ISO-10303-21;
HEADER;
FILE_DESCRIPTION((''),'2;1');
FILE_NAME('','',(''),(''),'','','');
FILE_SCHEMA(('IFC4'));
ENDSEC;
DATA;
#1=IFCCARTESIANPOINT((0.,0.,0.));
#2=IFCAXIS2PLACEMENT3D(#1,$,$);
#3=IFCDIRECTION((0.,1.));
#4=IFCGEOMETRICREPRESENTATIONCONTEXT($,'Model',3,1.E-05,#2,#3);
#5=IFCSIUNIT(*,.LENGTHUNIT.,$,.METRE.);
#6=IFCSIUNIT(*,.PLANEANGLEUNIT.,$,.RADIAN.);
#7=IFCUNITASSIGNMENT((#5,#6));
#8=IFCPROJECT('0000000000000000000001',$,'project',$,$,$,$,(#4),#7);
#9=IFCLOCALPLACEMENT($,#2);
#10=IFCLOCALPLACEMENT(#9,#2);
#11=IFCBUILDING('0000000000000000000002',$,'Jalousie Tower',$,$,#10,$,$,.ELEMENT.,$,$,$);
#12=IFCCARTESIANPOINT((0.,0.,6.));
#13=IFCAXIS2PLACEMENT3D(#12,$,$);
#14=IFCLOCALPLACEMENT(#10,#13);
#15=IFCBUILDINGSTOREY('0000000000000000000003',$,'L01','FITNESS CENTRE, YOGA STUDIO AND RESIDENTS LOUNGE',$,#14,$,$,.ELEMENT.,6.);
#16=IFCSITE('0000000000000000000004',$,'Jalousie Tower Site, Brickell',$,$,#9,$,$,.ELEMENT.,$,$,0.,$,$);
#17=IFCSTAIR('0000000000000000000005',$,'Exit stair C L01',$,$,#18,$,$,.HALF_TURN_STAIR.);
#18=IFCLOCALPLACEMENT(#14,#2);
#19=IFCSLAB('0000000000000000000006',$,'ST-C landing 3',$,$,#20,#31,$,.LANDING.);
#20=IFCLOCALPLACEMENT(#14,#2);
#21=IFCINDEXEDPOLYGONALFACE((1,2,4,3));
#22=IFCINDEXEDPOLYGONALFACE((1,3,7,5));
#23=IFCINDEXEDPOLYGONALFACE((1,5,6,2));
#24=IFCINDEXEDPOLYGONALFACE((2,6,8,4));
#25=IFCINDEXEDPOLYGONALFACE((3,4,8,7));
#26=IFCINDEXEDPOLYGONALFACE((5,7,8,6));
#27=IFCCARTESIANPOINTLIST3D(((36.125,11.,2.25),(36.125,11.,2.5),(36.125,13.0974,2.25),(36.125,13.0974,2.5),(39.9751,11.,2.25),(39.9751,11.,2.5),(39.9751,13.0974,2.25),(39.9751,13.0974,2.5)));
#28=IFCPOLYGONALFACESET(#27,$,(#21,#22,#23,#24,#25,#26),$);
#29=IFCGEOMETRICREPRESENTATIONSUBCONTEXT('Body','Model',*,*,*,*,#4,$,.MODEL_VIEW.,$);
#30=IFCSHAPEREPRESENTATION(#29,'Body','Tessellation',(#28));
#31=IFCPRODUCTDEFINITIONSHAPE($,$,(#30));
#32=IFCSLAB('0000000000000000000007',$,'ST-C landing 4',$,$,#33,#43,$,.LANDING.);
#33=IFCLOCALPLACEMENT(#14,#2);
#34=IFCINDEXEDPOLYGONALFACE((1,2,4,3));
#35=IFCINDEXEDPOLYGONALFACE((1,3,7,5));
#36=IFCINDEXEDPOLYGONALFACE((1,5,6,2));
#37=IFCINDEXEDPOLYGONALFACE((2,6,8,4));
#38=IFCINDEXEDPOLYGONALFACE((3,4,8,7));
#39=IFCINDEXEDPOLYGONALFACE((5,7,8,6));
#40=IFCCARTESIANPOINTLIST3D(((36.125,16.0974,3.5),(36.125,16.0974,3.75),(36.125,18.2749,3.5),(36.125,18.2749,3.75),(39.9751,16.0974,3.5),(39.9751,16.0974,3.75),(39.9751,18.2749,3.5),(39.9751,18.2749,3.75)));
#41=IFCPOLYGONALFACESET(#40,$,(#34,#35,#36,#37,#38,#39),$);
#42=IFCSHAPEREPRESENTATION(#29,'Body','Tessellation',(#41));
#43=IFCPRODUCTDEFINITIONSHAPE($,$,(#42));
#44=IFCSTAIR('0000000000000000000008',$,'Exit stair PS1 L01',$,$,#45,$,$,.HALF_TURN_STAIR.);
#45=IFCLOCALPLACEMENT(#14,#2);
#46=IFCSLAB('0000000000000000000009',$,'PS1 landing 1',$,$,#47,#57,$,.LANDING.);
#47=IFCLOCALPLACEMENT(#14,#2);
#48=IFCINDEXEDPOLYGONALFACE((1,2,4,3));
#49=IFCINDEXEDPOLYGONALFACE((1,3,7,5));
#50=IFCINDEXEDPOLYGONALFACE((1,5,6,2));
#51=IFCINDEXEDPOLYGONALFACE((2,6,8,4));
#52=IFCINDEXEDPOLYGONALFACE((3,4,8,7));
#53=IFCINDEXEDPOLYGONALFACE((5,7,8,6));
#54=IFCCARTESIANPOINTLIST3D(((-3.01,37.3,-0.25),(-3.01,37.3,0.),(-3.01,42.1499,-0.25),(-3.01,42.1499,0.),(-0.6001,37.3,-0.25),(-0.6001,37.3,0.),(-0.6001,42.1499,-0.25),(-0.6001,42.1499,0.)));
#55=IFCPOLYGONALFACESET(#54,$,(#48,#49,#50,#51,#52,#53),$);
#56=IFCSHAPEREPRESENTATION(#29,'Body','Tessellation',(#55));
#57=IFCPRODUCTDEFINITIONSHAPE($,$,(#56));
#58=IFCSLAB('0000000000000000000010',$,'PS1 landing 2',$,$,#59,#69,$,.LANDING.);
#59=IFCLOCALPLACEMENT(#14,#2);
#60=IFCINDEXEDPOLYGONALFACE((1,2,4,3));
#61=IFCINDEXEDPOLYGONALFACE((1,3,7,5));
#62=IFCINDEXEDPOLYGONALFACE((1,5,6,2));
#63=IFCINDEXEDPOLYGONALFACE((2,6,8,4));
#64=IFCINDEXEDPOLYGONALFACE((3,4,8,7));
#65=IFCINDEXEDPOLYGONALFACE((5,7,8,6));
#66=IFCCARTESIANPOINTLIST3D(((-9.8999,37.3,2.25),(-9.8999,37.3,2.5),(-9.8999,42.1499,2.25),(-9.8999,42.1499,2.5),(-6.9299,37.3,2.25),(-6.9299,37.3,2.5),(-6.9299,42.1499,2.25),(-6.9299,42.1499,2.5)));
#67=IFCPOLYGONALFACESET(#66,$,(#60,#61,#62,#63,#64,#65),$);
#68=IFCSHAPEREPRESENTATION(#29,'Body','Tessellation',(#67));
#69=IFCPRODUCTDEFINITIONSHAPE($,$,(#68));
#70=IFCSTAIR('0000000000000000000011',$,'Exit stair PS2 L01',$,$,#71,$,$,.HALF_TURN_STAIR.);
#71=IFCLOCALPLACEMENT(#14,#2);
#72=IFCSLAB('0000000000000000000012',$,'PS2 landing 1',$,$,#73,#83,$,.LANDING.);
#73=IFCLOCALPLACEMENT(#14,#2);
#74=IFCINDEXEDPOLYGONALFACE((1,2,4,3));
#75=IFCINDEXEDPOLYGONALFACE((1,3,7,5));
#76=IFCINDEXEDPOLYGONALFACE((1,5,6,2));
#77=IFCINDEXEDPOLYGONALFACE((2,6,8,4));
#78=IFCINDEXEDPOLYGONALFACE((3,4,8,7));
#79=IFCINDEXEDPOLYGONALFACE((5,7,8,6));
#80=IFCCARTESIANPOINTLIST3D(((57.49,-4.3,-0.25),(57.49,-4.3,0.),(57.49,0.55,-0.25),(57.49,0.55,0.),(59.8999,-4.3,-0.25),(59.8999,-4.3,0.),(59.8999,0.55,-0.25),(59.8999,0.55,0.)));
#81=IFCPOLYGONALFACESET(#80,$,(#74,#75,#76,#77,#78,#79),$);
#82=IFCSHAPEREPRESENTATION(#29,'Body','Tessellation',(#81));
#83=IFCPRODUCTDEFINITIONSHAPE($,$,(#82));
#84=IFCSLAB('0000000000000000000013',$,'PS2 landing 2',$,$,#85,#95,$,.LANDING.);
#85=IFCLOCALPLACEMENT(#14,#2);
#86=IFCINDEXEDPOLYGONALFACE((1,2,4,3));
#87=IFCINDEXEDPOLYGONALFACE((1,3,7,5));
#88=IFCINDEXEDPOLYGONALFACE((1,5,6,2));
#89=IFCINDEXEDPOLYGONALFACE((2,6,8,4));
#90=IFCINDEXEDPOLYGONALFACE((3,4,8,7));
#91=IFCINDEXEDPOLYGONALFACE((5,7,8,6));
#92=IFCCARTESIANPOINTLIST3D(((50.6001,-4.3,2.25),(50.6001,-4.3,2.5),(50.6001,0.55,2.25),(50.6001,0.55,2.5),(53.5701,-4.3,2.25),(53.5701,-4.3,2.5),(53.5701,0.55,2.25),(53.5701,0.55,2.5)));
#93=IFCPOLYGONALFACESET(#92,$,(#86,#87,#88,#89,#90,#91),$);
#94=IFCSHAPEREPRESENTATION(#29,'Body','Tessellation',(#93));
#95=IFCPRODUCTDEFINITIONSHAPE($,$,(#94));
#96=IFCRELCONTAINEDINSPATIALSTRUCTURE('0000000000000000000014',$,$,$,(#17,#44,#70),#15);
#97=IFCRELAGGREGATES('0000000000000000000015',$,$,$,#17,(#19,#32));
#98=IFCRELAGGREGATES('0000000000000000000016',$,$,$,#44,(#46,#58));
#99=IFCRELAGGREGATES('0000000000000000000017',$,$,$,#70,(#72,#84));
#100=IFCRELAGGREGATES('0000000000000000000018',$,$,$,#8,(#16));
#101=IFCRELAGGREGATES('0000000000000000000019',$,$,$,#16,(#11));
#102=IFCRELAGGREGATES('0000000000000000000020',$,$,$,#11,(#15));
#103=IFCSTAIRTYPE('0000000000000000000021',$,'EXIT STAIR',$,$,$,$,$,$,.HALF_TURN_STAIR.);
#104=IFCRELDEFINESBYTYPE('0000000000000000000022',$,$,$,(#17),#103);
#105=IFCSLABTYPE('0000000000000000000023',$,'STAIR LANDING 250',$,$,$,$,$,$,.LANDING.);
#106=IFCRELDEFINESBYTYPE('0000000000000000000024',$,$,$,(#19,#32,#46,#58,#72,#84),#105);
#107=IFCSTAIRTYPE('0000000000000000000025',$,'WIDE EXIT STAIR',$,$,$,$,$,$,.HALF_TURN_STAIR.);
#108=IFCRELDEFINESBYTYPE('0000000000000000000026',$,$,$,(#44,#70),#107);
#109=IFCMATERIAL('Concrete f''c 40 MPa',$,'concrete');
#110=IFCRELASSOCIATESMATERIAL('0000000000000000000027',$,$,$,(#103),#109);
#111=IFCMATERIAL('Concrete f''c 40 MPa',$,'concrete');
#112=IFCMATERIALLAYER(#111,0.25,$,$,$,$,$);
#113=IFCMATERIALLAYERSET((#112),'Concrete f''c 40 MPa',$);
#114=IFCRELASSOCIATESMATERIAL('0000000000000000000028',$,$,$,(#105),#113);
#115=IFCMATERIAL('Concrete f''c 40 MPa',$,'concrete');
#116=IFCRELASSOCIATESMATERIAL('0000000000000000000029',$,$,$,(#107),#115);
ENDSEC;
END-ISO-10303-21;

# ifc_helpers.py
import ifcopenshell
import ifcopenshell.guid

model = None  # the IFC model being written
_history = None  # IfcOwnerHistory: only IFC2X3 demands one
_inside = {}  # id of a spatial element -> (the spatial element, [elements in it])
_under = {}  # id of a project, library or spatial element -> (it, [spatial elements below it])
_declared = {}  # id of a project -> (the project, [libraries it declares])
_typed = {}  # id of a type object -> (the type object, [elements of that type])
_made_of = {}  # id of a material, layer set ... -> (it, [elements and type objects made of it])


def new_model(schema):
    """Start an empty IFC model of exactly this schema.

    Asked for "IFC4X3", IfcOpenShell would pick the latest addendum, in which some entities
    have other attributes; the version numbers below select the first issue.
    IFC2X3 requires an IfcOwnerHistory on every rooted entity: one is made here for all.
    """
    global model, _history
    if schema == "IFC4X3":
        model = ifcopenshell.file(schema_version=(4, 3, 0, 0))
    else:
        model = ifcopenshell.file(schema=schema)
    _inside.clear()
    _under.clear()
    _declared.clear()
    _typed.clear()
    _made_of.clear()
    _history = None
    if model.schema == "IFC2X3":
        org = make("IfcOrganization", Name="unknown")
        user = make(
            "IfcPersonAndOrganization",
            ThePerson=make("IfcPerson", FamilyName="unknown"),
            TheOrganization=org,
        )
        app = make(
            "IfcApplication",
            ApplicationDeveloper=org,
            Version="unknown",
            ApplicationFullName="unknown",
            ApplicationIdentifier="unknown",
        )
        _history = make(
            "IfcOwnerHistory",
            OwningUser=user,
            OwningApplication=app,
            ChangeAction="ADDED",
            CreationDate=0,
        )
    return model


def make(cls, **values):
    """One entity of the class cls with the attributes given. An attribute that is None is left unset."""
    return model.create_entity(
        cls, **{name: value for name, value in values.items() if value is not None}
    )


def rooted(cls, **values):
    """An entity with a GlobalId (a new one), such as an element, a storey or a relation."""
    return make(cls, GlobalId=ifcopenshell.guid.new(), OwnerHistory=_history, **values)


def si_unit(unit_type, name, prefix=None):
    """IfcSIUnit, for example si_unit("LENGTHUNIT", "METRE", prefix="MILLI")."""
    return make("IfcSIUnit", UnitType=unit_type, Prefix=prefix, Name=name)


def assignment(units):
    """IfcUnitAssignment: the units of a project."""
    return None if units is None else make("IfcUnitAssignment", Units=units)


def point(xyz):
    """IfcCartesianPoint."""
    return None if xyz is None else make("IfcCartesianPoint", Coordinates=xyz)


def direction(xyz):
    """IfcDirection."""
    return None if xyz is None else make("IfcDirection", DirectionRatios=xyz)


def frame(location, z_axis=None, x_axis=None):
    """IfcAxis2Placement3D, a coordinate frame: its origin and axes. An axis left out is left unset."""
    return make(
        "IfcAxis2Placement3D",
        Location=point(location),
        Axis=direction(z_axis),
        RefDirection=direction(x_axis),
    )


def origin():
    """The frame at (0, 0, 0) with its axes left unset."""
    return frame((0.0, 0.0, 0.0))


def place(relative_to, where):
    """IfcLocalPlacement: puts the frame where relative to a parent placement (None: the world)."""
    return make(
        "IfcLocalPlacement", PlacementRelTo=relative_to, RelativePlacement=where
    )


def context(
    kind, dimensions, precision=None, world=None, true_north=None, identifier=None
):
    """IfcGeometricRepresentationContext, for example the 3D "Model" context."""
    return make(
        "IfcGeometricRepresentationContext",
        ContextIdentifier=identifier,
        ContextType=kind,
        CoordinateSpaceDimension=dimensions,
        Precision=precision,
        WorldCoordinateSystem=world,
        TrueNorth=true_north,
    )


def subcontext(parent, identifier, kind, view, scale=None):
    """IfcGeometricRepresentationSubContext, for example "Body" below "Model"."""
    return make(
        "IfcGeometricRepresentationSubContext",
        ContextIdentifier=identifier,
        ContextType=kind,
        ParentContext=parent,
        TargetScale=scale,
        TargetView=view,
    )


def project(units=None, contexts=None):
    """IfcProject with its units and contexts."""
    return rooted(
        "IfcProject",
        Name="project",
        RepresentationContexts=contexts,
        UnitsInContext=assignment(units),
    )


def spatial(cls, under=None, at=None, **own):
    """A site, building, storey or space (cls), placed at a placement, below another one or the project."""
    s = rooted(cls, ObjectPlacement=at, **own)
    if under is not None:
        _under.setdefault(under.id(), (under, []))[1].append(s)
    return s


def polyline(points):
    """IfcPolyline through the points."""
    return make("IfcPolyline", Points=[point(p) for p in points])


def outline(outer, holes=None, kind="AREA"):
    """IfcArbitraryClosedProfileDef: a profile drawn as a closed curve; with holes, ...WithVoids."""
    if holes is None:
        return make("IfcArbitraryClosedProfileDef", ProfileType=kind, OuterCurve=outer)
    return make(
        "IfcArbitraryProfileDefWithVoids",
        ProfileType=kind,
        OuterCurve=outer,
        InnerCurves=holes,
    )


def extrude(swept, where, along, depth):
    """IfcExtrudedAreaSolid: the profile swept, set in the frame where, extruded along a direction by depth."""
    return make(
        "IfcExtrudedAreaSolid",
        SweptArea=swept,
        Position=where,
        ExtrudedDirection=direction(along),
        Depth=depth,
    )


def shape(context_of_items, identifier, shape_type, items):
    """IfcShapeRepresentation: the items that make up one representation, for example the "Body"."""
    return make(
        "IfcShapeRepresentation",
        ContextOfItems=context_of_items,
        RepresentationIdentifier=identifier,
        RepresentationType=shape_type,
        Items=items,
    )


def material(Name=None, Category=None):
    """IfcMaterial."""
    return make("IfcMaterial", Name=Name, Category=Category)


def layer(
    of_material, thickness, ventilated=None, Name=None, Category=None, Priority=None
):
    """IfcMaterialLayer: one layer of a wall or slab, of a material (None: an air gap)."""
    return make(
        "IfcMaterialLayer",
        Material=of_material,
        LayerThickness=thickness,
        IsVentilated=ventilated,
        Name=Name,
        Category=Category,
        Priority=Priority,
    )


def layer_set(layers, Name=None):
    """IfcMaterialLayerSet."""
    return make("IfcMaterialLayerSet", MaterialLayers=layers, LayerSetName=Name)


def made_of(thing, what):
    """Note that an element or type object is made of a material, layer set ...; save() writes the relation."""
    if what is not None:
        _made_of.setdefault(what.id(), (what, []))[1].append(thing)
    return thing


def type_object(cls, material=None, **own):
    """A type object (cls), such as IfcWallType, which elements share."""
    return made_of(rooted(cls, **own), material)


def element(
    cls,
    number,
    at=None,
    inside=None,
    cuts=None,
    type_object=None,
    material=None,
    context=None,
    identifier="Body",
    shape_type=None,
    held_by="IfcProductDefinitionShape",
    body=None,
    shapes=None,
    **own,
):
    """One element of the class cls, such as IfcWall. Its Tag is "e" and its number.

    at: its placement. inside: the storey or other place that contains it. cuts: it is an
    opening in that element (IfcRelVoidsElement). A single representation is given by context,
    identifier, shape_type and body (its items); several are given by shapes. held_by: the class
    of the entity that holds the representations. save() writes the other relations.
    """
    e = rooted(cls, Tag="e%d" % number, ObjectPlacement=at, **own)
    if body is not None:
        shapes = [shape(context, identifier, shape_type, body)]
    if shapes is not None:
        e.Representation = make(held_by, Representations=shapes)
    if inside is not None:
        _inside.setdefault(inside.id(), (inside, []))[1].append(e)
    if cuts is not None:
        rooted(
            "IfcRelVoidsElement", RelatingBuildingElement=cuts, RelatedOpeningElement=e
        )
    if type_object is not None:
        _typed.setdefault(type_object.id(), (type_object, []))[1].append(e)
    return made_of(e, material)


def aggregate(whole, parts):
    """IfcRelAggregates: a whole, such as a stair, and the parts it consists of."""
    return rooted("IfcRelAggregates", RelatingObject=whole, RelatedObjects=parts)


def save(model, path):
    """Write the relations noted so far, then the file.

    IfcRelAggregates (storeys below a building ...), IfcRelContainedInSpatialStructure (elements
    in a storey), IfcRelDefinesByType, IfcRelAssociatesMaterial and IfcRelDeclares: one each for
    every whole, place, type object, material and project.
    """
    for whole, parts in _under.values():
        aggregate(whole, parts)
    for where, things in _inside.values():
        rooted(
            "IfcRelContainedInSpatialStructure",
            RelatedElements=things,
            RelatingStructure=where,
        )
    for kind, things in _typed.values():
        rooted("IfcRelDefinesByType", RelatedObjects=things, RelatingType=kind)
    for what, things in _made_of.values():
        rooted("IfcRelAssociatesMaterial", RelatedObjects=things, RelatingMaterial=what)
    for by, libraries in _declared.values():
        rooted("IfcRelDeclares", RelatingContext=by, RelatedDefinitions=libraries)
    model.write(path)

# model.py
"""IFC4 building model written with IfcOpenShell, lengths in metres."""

from ifc_helpers import new_model, si_unit, direction, frame, origin, place, context, subcontext, project, spatial, polyline, outline, extrude, material, layer, layer_set, type_object, element, aggregate, save


model = new_model("IFC4")

# Units and contexts
model_context = context("Model", 3, precision=1e-05, world=origin(), true_north=direction((0.0, 1.0)))
body_context = subcontext(model_context, "Body", "Model", "MODEL_VIEW")
ifc_project = project(units=[si_unit("LENGTHUNIT", "METRE"), si_unit("PLANEANGLEUNIT", "RADIAN")], contexts=[model_context])

# Site, building, storey
site_placement = place(None, origin())
site = spatial("IfcSite", under=ifc_project, at=site_placement, Name="Jalousie Tower Site, Brickell", CompositionType="ELEMENT", RefElevation=0.0)
building_placement = place(site_placement, origin())
building = spatial("IfcBuilding", under=site, at=building_placement, Name="Jalousie Tower", CompositionType="ELEMENT")
storey_placement = place(building_placement, frame((0.0, 0.0, 6.0)))
storey = spatial("IfcBuildingStorey", under=building, at=storey_placement, Name="L01", Description="FITNESS CENTRE, YOGA STUDIO AND RESIDENTS LOUNGE", CompositionType="ELEMENT", Elevation=6.0)

# Stairs, slabs
ifc_material_1 = material(Name="Concrete f'c 40 MPa", Category="concrete")
stair_type_1 = type_object("IfcStairType", Name="EXIT STAIR", PredefinedType="HALF_TURN_STAIR", material=ifc_material_1)
stair_1_placement = place(storey_placement, origin())
stair_1 = element("IfcStair", 1, at=stair_1_placement, inside=storey, type_object=stair_type_1, Name="Exit stair C L01", PredefinedType="HALF_TURN_STAIR")
ifc_material_2 = material(Name="Concrete f'c 40 MPa", Category="concrete")
ifc_layer_1 = layer(ifc_material_2, 0.25)
ifc_layer_set_1 = layer_set([ifc_layer_1], Name="Concrete f'c 40 MPa")
slab_type = type_object("IfcSlabType", Name="STAIR LANDING 250", PredefinedType="LANDING", material=ifc_layer_set_1)
slab_1_placement = place(storey_placement, frame((0.0, 0.0, 2.25)))
slab_1 = element("IfcSlab", 2, at=slab_1_placement, type_object=slab_type, Name="ST-C landing 3", PredefinedType="LANDING", context=body_context, shape_type="SweptSolid", body=[
    extrude(outline(polyline([(36.125, 11.0), (39.9751, 11.0), (39.9751, 13.0974), (36.125, 13.0974), (36.125, 11.0)])), origin(), (0.0, 0.0, 1.0), 0.25),
])
slab_2_placement = place(storey_placement, frame((0.0, 0.0, 3.5)))
slab_2 = element("IfcSlab", 3, at=slab_2_placement, type_object=slab_type, Name="ST-C landing 4", PredefinedType="LANDING", context=body_context, shape_type="SweptSolid", body=[
    extrude(outline(polyline([(36.125, 16.0974), (39.9751, 16.0974), (39.9751, 18.2749), (36.125, 18.2749), (36.125, 16.0974)])), origin(), (0.0, 0.0, 1.0), 0.25),
])
aggregate(stair_1, [slab_1, slab_2])
ifc_material_3 = material(Name="Concrete f'c 40 MPa", Category="concrete")
stair_type_2 = type_object("IfcStairType", Name="WIDE EXIT STAIR", PredefinedType="HALF_TURN_STAIR", material=ifc_material_3)
stair_2_placement = place(storey_placement, origin())
stair_2 = element("IfcStair", 4, at=stair_2_placement, inside=storey, type_object=stair_type_2, Name="Exit stair PS1 L01", PredefinedType="HALF_TURN_STAIR")
slab_3_placement = place(storey_placement, frame((0.0, 0.0, -0.25)))
slab_3 = element("IfcSlab", 5, at=slab_3_placement, type_object=slab_type, Name="PS1 landing 1", PredefinedType="LANDING", context=body_context, shape_type="SweptSolid", body=[
    extrude(outline(polyline([(-0.6001, 37.3), (-0.6001, 42.1499), (-3.01, 42.1499), (-3.01, 37.3), (-0.6001, 37.3)])), origin(), (0.0, 0.0, 1.0), 0.25),
])
slab_4_placement = place(storey_placement, frame((0.0, 0.0, 2.25)))
slab_4 = element("IfcSlab", 6, at=slab_4_placement, type_object=slab_type, Name="PS1 landing 2", PredefinedType="LANDING", context=body_context, shape_type="SweptSolid", body=[
    extrude(outline(polyline([(-6.9299, 42.1499), (-9.8999, 42.1499), (-9.8999, 37.3), (-6.9299, 37.3), (-6.9299, 42.1499)])), origin(), (0.0, 0.0, 1.0), 0.25),
])
aggregate(stair_2, [slab_3, slab_4])
stair_3_placement = place(storey_placement, origin())
stair_3 = element("IfcStair", 7, at=stair_3_placement, inside=storey, type_object=stair_type_2, Name="Exit stair PS2 L01", PredefinedType="HALF_TURN_STAIR")
slab_5_placement = place(storey_placement, frame((0.0, 0.0, -0.25)))
slab_5 = element("IfcSlab", 8, at=slab_5_placement, type_object=slab_type, Name="PS2 landing 1", PredefinedType="LANDING", context=body_context, shape_type="SweptSolid", body=[
    extrude(outline(polyline([(59.8999, -4.3), (59.8999, 0.55), (57.49, 0.55), (57.49, -4.3), (59.8999, -4.3)])), origin(), (0.0, 0.0, 1.0), 0.25),
])
slab_6_placement = place(storey_placement, frame((0.0, 0.0, 2.25)))
slab_6 = element("IfcSlab", 9, at=slab_6_placement, type_object=slab_type, Name="PS2 landing 2", PredefinedType="LANDING", context=body_context, shape_type="SweptSolid", body=[
    extrude(outline(polyline([(53.5701, 0.55), (50.6001, 0.55), (50.6001, -4.3), (53.5701, -4.3), (53.5701, 0.55)])), origin(), (0.0, 0.0, 1.0), 0.25),
])
aggregate(stair_3, [slab_5, slab_6])

save(model, "model.ifc")
